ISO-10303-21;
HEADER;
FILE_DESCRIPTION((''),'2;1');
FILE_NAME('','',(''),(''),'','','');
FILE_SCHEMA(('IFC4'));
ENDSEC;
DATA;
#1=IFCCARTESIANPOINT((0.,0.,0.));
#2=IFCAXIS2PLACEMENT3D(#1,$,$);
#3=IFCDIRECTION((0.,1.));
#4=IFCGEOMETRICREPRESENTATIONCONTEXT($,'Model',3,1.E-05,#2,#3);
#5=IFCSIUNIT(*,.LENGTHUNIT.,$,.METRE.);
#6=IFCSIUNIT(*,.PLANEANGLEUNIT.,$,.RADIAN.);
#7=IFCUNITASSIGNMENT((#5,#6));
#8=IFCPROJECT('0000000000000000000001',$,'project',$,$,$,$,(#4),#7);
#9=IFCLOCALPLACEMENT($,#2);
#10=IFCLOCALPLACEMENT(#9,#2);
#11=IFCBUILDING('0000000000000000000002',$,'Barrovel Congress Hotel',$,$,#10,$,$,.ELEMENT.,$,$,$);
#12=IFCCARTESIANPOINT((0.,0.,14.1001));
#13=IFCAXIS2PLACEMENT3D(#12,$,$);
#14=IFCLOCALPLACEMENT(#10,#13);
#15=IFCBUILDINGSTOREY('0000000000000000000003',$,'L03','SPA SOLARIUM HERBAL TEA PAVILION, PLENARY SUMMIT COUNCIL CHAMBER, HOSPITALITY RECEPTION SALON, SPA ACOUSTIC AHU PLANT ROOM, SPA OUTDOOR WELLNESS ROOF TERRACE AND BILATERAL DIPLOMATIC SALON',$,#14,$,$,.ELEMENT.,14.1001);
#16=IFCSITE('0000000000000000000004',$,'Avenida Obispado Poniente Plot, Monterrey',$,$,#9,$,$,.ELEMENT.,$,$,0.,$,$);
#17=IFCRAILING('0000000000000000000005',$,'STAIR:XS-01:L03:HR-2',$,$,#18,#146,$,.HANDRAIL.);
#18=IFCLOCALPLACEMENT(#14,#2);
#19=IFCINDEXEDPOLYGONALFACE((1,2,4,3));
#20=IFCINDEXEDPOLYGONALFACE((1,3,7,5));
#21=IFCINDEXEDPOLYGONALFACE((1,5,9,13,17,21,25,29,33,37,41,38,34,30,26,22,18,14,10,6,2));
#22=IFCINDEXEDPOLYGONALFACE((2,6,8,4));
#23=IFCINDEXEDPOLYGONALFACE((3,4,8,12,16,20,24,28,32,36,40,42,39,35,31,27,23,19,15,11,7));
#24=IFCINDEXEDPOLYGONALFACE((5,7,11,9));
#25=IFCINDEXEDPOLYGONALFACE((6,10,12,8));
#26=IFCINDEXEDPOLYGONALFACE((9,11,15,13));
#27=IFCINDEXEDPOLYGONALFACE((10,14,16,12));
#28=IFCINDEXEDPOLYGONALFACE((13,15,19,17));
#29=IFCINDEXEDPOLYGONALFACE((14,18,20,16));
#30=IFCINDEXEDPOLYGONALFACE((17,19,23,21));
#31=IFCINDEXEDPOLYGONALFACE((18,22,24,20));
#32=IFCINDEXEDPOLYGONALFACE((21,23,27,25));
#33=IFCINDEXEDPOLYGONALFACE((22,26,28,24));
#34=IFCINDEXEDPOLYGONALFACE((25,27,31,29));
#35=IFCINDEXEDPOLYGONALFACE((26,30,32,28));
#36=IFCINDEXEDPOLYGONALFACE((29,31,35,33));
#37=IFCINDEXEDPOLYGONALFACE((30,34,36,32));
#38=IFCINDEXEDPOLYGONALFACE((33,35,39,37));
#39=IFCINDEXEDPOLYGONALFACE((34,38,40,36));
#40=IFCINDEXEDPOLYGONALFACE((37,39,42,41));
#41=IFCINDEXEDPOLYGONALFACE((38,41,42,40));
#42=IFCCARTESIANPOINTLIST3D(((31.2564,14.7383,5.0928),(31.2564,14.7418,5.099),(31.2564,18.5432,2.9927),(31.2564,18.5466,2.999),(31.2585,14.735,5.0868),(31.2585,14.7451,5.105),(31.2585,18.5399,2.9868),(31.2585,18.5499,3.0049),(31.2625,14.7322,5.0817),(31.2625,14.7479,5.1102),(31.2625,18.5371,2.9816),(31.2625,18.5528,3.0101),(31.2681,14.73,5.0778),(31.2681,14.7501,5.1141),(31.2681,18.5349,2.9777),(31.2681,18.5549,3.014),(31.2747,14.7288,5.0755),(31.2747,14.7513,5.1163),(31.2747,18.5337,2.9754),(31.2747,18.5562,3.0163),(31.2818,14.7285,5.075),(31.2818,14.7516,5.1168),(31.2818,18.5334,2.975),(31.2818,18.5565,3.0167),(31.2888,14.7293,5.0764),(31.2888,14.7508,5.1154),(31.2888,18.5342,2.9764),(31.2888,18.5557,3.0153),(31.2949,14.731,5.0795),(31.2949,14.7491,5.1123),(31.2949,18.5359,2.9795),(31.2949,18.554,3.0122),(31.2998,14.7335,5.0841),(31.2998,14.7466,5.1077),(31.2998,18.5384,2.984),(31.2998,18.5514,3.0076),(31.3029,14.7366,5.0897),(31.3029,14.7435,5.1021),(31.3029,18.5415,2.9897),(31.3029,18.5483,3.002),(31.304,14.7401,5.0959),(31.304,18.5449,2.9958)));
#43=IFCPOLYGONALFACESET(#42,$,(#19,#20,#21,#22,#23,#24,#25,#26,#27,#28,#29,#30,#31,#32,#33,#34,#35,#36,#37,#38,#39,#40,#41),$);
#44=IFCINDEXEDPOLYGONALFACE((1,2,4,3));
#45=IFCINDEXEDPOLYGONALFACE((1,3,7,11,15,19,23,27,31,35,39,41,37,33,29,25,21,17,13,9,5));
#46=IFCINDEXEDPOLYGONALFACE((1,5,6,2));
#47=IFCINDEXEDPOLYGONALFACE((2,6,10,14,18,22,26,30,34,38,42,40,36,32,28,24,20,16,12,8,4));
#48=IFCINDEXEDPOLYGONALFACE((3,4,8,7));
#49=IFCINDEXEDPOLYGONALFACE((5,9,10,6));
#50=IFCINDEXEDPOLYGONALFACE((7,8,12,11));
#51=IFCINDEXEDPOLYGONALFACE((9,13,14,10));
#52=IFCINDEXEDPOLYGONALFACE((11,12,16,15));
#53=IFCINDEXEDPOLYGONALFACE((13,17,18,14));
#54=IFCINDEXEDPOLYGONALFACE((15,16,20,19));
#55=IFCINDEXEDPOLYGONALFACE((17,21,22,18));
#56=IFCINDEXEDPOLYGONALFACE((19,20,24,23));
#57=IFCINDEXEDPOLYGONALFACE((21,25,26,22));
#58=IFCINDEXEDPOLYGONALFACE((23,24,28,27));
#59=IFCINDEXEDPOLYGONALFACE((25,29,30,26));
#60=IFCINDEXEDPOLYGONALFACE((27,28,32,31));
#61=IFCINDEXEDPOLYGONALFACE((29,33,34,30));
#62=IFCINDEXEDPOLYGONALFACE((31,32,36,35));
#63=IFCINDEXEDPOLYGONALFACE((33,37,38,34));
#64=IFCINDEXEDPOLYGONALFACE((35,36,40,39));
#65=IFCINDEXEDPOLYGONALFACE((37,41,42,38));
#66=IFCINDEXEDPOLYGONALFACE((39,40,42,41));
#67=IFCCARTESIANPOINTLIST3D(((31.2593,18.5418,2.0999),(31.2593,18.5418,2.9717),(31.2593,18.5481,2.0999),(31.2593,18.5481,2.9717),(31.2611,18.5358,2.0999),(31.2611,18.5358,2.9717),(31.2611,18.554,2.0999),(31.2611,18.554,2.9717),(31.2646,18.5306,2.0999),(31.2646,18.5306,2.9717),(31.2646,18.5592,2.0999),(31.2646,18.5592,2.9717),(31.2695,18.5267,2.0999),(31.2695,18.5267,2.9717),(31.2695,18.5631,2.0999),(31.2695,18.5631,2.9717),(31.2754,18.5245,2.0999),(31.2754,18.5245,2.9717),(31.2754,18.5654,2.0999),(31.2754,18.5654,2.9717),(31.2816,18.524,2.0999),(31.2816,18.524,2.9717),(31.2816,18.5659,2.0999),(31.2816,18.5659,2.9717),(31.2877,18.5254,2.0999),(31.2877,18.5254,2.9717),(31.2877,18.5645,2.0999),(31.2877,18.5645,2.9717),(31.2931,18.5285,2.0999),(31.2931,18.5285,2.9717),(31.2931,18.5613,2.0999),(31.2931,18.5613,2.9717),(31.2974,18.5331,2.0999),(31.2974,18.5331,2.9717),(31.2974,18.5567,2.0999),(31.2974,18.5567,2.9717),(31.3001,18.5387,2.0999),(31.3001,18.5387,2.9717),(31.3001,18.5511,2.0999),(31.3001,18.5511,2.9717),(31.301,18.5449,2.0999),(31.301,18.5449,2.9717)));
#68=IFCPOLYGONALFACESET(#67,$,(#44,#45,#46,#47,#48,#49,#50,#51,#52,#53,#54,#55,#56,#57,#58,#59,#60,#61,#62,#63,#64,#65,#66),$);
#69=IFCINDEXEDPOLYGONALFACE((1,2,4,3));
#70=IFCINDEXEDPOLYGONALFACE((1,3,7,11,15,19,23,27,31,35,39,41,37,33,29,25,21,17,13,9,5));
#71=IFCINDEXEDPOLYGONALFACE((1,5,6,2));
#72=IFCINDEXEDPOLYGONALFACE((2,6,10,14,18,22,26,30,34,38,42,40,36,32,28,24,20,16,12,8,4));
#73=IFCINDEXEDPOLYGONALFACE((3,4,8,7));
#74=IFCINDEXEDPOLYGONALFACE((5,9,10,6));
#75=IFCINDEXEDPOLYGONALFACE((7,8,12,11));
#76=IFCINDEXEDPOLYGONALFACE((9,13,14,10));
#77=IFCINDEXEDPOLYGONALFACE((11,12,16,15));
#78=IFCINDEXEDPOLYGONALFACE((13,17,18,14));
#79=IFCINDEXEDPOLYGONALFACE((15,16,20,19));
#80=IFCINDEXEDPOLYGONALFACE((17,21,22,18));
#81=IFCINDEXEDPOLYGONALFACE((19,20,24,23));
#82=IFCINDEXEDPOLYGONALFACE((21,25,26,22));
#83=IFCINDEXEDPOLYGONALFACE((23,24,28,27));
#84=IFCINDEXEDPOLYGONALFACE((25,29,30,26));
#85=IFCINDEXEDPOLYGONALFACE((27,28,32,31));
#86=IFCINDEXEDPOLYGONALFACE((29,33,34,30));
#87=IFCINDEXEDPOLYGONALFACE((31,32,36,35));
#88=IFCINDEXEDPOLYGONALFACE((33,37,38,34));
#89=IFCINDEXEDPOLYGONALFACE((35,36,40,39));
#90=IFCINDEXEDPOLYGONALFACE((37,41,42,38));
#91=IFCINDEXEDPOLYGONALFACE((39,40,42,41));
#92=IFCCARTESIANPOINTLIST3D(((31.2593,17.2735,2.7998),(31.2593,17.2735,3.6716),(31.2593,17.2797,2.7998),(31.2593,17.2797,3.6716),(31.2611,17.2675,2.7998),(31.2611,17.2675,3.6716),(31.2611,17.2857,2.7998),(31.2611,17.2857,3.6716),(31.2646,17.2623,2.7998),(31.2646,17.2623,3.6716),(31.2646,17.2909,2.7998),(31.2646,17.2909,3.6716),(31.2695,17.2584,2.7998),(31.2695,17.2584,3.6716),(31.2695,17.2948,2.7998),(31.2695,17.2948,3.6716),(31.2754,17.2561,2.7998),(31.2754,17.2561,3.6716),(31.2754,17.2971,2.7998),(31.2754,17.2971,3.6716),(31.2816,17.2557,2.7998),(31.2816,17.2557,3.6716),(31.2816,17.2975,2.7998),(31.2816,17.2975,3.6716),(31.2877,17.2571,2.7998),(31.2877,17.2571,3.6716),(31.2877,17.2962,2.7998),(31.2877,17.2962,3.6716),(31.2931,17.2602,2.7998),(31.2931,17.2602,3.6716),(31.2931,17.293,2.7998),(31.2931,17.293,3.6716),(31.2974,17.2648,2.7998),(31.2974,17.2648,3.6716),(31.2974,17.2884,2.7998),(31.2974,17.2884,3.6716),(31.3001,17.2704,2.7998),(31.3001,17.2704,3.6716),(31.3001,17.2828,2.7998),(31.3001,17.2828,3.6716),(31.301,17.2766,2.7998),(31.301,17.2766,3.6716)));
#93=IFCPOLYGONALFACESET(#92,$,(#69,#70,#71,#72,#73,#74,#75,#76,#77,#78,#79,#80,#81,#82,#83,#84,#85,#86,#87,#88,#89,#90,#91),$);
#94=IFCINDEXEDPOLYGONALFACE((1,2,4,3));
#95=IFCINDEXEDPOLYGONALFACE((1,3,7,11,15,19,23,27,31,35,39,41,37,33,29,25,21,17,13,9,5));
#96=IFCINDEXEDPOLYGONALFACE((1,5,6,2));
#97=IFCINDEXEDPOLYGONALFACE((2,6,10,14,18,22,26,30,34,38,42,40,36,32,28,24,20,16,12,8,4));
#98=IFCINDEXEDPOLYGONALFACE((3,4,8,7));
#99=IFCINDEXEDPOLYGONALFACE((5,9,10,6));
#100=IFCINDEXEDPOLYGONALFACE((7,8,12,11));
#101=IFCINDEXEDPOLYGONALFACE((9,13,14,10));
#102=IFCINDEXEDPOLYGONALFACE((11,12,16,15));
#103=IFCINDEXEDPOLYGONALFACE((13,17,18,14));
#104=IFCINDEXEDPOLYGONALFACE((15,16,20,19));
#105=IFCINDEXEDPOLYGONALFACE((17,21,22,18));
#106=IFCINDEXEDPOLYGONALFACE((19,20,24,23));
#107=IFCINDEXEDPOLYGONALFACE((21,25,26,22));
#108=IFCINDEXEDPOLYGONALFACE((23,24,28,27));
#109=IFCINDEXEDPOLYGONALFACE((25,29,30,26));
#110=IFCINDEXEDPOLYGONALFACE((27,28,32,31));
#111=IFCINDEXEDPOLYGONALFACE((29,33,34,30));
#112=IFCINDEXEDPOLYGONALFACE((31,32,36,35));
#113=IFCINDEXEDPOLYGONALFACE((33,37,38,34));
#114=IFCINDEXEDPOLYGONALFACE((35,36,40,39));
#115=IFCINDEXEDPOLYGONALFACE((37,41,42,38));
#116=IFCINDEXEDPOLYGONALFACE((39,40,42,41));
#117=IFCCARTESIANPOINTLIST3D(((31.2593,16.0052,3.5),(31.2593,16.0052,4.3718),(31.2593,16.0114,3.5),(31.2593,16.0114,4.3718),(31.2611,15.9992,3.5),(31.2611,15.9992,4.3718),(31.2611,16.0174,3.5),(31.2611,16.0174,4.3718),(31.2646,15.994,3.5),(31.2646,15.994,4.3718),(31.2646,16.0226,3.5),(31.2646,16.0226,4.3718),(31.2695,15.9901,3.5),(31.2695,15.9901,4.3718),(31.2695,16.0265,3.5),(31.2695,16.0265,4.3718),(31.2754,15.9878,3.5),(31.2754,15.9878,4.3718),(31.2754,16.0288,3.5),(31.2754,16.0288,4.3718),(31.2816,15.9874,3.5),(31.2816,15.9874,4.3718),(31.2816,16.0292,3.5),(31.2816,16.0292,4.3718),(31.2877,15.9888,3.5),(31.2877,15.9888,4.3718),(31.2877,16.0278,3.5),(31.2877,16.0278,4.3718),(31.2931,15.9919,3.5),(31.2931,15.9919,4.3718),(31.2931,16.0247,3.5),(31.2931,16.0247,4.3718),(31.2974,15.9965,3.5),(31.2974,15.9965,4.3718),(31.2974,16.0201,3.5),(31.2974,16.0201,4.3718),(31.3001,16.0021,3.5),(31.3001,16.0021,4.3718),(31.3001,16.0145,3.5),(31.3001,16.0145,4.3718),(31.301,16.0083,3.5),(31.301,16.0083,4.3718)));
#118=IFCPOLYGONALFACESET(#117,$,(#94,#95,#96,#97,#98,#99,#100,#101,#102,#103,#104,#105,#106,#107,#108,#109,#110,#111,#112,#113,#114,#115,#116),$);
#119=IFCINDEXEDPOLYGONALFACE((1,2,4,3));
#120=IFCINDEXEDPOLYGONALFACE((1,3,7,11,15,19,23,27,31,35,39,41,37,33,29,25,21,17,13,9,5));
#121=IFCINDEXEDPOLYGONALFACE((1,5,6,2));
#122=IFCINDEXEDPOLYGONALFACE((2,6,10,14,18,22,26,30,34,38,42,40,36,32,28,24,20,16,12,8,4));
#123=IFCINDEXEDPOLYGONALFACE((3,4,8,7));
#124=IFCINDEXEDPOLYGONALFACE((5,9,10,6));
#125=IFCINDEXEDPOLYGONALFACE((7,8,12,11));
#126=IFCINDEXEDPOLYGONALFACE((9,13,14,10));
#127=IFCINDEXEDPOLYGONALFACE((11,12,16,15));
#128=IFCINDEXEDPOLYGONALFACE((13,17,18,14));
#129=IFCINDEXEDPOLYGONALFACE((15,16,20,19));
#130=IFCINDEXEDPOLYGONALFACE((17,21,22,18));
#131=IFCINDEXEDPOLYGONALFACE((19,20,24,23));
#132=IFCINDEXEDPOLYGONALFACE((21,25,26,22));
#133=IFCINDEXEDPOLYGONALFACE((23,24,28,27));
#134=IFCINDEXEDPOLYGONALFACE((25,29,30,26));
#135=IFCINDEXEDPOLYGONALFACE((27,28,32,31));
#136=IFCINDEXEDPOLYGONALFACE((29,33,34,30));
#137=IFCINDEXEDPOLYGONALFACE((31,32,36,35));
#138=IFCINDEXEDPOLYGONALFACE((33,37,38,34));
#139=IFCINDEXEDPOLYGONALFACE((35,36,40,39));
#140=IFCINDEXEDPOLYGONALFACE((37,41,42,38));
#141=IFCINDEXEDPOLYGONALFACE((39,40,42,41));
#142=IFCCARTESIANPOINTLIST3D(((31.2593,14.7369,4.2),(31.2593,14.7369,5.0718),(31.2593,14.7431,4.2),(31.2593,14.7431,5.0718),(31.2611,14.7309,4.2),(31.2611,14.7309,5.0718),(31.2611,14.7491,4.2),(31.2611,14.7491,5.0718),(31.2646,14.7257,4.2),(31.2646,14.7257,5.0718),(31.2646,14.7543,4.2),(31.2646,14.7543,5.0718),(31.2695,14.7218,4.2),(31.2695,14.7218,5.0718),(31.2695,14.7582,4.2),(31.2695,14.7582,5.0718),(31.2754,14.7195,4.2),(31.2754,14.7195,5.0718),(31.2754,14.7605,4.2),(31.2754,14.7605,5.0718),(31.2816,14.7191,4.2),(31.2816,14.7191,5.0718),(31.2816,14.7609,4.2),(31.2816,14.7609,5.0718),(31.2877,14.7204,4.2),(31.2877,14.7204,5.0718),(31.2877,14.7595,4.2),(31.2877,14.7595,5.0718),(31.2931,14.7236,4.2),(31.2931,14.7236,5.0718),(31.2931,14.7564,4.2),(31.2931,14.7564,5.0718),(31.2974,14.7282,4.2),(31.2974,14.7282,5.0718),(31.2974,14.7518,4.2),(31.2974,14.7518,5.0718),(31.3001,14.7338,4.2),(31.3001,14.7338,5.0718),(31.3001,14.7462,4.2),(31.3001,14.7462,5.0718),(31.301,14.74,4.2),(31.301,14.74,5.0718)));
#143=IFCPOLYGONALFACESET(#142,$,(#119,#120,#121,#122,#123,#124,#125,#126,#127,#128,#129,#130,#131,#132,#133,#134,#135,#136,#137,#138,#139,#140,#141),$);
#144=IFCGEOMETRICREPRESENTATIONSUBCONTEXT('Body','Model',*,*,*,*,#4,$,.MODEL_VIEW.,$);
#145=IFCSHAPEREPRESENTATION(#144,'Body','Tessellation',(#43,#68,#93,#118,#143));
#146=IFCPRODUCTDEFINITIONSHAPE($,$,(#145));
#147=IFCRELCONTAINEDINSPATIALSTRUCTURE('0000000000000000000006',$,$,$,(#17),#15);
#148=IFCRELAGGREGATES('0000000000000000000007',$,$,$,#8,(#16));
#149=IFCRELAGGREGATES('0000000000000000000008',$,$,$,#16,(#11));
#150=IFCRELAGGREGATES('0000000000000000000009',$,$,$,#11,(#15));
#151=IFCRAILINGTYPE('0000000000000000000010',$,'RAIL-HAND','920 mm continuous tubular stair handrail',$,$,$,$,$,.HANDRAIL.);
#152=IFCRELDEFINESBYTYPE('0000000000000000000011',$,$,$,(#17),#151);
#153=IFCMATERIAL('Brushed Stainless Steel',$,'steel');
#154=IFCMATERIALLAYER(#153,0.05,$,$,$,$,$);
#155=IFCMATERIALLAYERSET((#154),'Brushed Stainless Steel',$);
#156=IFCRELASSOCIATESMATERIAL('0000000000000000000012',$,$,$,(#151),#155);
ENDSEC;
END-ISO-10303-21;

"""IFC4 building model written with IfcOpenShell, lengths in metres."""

from ifc_helpers import new_model, si_unit, direction, frame, origin, origin_2d, place, context, subcontext, project, spatial, circle, extrude, material, layer, layer_set, type_object, element, save


model = new_model("IFC4")

# Units and contexts
model_context = context("Model", 3, precision=1e-05, world=origin(), true_north=direction((0.0, 1.0)))
body_context = subcontext(model_context, "Body", "Model", "MODEL_VIEW")
ifc_project = project(units=[si_unit("LENGTHUNIT", "METRE"), si_unit("PLANEANGLEUNIT", "RADIAN")], contexts=[model_context])

# Site, building, storey
site_placement = place(None, origin())
site = spatial("IfcSite", under=ifc_project, at=site_placement, Name="Avenida Obispado Poniente Plot, Monterrey", CompositionType="ELEMENT", RefElevation=0.0)
building_placement = place(site_placement, origin())
building = spatial("IfcBuilding", under=site, at=building_placement, Name="Barrovel Congress Hotel", CompositionType="ELEMENT")
storey_placement = place(building_placement, frame((0.0, 0.0, 14.1001)))
storey = spatial("IfcBuildingStorey", under=building, at=storey_placement, Name="L03", Description="SPA SOLARIUM HERBAL TEA PAVILION, PLENARY SUMMIT COUNCIL CHAMBER, HOSPITALITY RECEPTION SALON, SPA ACOUSTIC AHU PLANT ROOM, SPA OUTDOOR WELLNESS ROOF TERRACE AND BILATERAL DIPLOMATIC SALON", CompositionType="ELEMENT", Elevation=14.1001)

# Shared definitions
ifc_material_1 = material(Name="Brushed Stainless Steel", Category="steel")

# Railing
ifc_layer_1 = layer(ifc_material_1, 0.05)
ifc_layer_set_1 = layer_set([ifc_layer_1], Name="Brushed Stainless Steel")
railing_type_1 = type_object("IfcRailingType", Name="RAIL-HAND", Description="920 mm continuous tubular stair handrail", PredefinedType="HANDRAIL", material=ifc_layer_set_1)
railing_1_placement = place(storey_placement, frame((31.28, 18.5449, 2.0999)))
element("IfcRailing", 1, at=railing_1_placement, inside=storey, type_object=railing_type_1, Name="STAIR:XS-01:L03:HR-2", PredefinedType="HANDRAIL", context=body_context, shape_type="SweptSolid", body=[
    extrude(circle(Radius=0.0239, at=origin_2d()), frame((0.0, 0.0, 0.896), z_axis=(0.0, -0.875497, 0.483223), x_axis=(1.0, 0.0, 0.0)), (0.0, 0.0, 1.0), 4.3459),
    extrude(circle(Radius=0.021, at=origin_2d()), origin(), (0.0, 0.0, 1.0), 0.8718),
    extrude(circle(Radius=0.021, at=origin_2d()), frame((0.0, -1.2683, 0.7)), (0.0, 0.0, 1.0), 0.8718),
    extrude(circle(Radius=0.021, at=origin_2d()), frame((0.0, -2.5366, 1.4001)), (0.0, 0.0, 1.0), 0.8718),
    extrude(circle(Radius=0.021, at=origin_2d()), frame((0.0, -3.8049, 2.1001)), (0.0, 0.0, 1.0), 0.8718),
])

save(model, "model.ifc")
